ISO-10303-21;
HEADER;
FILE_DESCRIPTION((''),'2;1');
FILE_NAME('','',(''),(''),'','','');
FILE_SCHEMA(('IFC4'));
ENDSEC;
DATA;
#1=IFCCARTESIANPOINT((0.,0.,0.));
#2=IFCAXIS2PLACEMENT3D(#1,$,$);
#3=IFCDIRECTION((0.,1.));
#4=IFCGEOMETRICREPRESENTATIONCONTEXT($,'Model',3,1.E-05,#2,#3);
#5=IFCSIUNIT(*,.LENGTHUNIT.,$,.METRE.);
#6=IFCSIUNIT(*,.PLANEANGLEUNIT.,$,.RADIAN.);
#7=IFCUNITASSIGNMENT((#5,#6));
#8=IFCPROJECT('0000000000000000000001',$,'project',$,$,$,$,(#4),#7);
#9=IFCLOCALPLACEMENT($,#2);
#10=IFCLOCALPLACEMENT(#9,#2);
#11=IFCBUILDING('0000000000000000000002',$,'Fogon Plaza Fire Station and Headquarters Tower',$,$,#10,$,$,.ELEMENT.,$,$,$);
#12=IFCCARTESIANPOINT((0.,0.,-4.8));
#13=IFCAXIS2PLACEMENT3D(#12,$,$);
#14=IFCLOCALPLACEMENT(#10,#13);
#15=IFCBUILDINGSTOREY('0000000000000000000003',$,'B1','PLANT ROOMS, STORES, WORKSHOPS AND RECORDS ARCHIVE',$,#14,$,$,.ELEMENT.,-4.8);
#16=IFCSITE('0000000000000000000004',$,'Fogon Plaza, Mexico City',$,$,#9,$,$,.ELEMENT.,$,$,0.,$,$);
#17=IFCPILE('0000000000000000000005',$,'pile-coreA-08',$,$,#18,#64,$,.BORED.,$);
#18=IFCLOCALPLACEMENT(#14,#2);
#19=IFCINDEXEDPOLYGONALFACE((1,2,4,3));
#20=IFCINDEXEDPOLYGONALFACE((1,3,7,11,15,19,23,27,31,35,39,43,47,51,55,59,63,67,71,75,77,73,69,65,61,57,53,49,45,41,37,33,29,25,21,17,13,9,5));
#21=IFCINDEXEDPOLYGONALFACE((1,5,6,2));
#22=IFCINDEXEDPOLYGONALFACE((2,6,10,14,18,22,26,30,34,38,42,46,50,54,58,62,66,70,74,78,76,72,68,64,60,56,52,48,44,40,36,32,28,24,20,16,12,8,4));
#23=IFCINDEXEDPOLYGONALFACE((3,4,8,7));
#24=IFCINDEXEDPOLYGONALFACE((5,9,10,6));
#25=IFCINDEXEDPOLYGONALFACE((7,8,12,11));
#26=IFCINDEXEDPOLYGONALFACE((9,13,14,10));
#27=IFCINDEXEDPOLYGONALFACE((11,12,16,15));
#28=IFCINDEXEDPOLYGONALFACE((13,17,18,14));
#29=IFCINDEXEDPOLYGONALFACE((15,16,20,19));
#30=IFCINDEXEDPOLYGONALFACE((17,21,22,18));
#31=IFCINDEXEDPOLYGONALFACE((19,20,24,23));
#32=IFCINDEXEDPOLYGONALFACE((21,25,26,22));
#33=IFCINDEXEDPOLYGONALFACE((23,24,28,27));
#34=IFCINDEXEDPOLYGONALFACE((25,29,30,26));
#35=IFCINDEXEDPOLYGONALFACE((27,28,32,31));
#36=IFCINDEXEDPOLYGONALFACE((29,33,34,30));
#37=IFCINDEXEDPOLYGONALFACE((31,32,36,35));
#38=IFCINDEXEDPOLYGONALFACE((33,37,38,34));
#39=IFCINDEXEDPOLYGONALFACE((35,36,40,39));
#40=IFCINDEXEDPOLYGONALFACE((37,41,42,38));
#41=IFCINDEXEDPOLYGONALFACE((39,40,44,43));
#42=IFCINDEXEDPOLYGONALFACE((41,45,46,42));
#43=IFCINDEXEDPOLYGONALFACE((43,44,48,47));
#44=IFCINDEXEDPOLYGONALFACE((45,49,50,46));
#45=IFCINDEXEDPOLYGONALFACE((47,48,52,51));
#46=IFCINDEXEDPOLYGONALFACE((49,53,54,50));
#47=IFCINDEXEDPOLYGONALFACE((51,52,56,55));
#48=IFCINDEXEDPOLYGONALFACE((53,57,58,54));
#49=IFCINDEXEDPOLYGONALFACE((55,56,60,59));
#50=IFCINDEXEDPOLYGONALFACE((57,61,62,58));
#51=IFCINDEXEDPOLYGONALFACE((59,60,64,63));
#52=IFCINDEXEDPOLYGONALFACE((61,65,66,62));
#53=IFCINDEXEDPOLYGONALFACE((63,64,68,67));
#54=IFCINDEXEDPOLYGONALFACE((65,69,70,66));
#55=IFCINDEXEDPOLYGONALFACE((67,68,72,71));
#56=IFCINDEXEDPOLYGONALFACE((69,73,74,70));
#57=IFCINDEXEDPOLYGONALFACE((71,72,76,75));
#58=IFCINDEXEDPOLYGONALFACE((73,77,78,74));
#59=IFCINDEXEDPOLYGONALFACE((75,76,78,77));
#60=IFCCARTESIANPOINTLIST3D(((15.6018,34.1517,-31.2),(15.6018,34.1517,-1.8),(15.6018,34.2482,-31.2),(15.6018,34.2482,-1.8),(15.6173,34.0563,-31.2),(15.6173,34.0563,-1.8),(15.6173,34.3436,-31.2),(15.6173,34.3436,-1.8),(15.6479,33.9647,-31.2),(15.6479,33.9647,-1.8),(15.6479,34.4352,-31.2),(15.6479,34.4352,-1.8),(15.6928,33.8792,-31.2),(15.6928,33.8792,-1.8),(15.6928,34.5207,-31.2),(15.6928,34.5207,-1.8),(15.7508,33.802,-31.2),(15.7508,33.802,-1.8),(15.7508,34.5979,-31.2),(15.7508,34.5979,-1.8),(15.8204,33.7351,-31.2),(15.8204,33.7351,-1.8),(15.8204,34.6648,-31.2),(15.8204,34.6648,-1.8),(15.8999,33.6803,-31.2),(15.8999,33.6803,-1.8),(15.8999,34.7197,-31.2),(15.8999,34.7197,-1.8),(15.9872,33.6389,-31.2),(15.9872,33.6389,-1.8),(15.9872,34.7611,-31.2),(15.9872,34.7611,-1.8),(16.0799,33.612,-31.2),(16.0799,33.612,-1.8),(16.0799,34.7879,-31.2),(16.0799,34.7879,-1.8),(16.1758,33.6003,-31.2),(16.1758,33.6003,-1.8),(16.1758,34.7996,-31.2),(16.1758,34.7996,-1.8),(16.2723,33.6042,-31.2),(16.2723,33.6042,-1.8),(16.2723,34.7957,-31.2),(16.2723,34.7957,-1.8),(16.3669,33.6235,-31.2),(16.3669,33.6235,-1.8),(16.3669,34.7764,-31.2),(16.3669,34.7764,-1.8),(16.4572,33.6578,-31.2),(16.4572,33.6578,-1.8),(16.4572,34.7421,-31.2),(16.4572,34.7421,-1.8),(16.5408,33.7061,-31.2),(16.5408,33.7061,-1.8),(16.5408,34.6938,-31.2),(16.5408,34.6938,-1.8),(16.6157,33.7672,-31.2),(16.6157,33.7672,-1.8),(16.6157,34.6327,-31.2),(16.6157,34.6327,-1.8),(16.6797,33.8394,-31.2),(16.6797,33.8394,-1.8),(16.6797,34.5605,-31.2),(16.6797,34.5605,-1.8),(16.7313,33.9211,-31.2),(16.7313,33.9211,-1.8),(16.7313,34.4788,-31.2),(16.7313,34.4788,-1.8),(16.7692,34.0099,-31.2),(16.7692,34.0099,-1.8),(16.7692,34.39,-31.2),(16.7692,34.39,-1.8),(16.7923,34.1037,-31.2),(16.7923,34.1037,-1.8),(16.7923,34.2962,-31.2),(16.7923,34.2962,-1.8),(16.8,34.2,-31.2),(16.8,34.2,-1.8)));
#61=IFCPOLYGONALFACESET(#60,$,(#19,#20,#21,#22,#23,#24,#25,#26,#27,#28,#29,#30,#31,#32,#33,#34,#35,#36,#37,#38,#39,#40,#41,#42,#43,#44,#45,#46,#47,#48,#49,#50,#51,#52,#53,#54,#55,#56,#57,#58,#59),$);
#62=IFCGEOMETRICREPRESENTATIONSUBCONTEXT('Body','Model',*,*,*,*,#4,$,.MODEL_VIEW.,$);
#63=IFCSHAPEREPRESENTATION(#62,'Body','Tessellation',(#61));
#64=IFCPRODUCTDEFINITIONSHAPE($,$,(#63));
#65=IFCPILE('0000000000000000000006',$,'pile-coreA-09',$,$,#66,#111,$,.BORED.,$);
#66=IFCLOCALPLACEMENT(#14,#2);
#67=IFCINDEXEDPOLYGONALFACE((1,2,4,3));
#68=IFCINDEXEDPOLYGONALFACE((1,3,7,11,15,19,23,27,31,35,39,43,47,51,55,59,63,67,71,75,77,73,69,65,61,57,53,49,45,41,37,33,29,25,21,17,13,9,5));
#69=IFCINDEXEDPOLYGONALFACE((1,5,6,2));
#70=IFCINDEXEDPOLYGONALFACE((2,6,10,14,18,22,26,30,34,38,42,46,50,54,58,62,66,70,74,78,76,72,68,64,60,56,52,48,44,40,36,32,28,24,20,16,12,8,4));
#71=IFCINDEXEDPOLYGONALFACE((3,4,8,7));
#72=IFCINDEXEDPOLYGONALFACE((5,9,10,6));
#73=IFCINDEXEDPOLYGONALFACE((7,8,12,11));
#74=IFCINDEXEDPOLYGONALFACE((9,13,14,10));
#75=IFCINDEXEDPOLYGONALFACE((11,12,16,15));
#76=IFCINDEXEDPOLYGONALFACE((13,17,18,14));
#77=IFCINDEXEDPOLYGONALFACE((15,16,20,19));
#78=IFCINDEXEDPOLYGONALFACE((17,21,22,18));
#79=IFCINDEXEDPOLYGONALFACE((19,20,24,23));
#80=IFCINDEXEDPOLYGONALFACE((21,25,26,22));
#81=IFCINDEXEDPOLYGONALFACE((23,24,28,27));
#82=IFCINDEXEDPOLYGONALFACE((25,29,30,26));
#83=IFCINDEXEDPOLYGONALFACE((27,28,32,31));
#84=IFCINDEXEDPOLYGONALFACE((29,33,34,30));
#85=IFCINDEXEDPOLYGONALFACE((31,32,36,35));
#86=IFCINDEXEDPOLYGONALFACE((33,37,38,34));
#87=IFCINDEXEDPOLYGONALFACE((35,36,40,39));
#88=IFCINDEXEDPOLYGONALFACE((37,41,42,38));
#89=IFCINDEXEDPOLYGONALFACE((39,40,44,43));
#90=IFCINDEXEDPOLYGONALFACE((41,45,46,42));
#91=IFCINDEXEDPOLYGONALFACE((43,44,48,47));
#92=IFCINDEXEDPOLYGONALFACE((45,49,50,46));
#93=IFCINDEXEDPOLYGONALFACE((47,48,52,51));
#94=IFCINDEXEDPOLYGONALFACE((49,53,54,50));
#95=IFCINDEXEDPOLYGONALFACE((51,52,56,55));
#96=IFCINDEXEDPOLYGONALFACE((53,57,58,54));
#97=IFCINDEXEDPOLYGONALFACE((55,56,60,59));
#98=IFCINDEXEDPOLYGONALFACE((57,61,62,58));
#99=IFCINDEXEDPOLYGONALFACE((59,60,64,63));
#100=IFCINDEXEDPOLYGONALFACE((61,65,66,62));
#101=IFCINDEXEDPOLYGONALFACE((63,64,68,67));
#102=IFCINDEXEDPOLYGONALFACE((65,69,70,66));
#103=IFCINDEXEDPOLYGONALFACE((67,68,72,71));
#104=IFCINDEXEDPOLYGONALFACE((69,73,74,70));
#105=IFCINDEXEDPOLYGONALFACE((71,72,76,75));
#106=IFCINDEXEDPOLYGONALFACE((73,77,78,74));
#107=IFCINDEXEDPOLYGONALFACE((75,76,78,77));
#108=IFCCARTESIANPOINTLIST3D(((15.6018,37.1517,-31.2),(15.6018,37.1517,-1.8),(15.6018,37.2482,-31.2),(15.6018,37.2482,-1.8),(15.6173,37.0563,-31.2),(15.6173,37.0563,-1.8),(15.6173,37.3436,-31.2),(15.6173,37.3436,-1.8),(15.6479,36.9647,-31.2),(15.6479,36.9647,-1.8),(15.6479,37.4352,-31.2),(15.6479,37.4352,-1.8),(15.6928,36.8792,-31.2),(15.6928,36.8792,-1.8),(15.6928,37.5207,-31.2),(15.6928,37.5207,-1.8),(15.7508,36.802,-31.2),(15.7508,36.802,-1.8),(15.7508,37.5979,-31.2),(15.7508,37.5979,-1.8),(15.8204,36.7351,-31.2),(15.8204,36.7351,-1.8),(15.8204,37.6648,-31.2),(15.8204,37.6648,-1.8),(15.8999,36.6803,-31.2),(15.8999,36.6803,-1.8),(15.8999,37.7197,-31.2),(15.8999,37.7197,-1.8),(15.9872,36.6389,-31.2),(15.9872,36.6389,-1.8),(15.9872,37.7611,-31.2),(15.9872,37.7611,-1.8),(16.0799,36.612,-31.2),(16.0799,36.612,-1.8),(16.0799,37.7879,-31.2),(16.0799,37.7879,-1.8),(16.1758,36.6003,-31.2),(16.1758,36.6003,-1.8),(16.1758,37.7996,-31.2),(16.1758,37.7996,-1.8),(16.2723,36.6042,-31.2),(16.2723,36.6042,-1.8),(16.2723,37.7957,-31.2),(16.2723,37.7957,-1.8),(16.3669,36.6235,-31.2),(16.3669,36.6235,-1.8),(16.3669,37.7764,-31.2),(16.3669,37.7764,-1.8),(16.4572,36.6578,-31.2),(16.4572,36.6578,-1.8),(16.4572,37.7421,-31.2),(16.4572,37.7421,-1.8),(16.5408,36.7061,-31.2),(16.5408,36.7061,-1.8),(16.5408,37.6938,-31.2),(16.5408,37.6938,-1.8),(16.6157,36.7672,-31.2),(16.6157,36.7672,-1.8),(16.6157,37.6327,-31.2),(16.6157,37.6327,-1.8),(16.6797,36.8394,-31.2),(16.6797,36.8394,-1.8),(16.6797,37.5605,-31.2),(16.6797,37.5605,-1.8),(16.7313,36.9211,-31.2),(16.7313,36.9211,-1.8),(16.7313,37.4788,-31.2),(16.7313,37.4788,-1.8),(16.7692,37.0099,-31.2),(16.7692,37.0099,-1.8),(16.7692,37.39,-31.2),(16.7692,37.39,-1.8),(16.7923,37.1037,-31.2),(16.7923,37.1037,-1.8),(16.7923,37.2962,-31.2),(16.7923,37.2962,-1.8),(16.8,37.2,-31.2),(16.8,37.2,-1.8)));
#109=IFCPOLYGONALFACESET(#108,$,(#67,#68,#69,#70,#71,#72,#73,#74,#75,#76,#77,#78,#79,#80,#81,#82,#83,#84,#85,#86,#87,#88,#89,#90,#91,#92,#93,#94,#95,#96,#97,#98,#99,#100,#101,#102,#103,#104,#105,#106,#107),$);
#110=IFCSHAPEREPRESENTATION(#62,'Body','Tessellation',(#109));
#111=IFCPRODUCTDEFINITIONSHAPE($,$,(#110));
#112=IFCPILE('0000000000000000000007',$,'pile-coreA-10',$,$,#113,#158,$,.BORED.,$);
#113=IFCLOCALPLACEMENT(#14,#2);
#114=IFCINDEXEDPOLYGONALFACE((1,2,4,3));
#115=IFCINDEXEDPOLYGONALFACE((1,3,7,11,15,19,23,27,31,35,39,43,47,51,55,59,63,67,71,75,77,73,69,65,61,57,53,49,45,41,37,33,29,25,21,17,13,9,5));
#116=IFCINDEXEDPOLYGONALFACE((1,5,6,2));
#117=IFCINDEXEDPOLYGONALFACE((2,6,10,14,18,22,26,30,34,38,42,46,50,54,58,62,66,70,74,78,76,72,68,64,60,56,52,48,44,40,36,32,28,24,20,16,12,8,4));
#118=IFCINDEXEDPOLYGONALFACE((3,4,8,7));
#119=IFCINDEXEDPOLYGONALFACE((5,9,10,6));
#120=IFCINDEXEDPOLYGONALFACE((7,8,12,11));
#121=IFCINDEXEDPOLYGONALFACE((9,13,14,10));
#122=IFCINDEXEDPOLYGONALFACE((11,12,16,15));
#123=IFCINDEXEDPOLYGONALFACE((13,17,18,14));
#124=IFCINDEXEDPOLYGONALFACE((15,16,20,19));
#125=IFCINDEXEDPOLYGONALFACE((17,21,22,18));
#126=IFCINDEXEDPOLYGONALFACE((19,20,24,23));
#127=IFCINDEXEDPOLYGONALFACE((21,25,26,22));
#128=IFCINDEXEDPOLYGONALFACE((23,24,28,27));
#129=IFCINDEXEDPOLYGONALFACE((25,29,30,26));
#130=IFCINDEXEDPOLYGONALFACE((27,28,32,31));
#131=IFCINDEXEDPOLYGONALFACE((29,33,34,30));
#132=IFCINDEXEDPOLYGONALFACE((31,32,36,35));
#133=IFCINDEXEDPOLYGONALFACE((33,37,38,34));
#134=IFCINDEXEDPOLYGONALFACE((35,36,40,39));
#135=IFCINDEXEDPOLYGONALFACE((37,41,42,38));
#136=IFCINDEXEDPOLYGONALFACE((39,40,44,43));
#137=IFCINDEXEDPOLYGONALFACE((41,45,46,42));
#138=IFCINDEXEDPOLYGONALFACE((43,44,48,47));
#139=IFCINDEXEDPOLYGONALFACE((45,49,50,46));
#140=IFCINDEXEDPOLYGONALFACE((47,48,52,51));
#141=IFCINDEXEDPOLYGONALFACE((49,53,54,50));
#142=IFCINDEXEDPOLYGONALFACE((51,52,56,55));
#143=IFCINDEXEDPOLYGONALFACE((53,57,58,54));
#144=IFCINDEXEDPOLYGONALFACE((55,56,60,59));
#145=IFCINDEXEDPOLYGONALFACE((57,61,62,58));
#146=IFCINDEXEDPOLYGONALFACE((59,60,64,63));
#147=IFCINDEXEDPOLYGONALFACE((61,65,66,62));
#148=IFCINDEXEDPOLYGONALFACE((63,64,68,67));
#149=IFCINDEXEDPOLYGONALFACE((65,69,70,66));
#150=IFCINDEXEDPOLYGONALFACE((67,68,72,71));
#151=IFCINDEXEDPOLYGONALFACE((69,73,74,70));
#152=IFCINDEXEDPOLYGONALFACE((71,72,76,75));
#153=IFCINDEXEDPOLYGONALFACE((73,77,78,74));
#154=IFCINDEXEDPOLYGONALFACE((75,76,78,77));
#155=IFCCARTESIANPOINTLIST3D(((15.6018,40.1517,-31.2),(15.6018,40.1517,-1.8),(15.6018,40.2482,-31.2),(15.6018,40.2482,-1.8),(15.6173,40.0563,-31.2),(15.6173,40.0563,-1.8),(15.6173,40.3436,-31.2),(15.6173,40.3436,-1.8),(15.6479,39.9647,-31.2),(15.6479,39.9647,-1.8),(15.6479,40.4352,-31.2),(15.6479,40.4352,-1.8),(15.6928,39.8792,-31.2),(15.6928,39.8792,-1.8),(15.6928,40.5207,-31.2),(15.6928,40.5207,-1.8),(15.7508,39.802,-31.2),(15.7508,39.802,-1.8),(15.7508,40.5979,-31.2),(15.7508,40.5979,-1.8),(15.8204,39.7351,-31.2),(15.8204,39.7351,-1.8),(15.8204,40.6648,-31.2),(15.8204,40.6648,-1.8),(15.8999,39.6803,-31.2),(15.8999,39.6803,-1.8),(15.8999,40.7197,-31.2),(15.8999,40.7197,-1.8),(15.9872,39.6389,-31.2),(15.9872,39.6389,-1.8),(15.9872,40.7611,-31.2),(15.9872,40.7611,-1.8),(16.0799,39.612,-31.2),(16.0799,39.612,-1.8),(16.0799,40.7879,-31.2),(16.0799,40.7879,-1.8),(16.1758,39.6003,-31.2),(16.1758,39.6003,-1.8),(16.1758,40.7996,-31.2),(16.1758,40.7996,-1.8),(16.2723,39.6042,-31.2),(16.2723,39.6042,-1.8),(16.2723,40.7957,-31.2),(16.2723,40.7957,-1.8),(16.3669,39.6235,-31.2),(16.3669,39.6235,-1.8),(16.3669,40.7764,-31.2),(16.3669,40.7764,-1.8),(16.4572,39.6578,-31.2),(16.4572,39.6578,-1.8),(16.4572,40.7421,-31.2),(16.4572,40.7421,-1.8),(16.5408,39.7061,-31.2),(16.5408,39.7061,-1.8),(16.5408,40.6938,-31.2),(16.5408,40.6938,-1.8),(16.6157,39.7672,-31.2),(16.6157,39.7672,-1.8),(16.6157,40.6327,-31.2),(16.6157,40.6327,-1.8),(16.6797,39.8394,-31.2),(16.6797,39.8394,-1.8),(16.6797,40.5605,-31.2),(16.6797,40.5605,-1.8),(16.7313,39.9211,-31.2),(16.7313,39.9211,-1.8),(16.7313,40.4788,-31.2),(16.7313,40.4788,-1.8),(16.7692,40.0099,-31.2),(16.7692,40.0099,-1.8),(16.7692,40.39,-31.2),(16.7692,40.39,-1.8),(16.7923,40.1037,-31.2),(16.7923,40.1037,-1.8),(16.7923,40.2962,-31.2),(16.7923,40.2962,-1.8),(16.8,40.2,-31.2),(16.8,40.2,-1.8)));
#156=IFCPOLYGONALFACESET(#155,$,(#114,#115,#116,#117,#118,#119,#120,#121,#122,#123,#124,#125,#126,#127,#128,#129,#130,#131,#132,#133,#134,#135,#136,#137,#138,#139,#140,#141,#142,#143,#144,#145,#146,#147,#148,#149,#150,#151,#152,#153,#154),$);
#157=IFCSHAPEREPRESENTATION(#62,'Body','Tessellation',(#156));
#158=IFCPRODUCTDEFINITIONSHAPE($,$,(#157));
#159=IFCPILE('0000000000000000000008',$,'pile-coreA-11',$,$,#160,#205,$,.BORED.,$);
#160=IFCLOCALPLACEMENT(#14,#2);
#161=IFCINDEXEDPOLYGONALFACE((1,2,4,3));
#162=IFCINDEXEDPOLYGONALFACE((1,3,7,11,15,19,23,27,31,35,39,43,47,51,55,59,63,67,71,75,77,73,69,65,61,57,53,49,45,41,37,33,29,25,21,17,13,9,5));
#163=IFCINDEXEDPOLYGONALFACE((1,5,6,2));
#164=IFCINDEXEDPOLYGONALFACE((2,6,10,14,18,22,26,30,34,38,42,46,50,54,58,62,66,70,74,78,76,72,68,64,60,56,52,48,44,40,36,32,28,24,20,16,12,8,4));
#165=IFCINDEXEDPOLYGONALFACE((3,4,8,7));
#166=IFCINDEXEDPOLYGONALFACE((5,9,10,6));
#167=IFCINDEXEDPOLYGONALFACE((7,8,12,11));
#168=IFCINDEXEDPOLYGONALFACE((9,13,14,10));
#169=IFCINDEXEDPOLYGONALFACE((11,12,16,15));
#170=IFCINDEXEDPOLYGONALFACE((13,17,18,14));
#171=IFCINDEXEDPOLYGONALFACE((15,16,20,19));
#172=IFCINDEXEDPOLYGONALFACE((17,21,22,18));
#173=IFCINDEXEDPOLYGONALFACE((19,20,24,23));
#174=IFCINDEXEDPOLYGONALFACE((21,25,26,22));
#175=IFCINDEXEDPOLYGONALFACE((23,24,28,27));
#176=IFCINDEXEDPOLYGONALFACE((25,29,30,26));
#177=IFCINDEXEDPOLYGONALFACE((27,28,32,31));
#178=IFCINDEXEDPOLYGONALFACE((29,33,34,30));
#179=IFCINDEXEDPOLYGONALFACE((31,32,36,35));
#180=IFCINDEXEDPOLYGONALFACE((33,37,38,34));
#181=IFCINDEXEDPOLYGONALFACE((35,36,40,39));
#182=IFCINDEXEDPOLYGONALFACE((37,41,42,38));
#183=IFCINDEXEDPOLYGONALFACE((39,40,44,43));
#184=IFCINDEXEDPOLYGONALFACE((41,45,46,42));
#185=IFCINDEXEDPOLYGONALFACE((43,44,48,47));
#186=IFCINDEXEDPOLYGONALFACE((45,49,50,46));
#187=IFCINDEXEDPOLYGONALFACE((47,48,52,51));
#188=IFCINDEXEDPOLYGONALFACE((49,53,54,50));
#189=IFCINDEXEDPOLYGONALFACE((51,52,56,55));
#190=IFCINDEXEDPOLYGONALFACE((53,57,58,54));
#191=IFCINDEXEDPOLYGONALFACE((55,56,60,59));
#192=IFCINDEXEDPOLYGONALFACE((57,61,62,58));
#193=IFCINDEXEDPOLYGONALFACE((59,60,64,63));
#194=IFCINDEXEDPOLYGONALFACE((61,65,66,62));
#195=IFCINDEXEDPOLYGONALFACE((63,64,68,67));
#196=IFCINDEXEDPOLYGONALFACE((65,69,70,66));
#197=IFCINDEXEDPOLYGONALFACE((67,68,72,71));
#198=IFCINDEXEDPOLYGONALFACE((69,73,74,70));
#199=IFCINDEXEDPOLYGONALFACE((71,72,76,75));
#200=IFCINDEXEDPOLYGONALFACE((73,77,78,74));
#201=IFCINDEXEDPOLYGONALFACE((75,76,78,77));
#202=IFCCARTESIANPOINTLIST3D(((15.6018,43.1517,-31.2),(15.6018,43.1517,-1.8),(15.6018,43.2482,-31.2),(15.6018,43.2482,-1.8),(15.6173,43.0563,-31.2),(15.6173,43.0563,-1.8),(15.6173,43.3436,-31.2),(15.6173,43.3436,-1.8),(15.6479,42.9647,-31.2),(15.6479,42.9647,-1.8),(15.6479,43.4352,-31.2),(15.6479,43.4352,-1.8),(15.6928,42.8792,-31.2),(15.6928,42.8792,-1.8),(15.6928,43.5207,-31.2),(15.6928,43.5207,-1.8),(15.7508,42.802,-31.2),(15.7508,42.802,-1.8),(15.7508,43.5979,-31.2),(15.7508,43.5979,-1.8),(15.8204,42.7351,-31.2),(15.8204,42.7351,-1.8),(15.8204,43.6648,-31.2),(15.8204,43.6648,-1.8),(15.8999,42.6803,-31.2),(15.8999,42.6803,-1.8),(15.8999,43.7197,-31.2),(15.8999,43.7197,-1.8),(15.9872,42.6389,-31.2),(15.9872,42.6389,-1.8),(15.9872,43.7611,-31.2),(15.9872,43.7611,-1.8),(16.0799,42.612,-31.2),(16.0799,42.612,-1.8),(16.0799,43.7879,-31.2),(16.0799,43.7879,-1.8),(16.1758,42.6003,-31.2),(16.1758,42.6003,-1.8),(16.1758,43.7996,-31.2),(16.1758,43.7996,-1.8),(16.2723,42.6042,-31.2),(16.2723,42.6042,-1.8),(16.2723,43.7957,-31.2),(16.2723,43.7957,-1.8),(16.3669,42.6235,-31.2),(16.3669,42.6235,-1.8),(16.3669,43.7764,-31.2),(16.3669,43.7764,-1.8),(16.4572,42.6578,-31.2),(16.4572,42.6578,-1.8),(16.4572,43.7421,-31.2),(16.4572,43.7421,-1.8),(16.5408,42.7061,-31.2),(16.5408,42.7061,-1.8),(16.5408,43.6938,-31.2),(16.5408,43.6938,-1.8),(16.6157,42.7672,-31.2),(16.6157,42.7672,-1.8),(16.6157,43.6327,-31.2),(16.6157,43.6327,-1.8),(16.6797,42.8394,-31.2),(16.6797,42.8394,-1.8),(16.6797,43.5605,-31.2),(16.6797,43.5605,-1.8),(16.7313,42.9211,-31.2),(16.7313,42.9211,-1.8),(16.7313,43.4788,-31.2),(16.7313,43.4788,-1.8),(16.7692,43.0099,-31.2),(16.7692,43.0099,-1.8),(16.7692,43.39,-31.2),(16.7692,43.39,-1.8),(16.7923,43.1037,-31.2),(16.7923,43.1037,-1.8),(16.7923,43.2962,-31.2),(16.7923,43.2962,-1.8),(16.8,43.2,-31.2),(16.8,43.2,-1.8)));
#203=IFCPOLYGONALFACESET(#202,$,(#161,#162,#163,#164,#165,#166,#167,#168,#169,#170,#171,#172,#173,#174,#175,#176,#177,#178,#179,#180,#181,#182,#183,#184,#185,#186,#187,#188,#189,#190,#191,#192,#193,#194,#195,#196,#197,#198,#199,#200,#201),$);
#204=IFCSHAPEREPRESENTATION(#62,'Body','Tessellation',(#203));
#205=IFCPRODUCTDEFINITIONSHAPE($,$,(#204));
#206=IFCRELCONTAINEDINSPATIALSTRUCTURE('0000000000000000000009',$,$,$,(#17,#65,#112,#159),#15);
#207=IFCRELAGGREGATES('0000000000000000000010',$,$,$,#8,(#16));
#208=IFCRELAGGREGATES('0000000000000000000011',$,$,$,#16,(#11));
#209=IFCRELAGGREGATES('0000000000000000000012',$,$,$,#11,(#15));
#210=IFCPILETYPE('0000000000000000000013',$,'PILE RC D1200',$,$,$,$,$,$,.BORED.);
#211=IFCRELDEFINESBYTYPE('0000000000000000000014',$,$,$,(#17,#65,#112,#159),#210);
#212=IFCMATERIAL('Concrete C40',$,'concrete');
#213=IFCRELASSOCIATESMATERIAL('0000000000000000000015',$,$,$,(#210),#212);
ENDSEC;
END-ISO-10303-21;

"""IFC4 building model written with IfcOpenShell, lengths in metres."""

from ifc_helpers import new_model, si_unit, direction, frame, origin, origin_2d, place, context, subcontext, project, spatial, circle, extrude, material, material_profile, profile_set, type_object, element, save


model = new_model("IFC4")

# Units and contexts
model_context = context("Model", 3, precision=1e-05, world=origin(), true_north=direction((0.0, 1.0)))
body_context = subcontext(model_context, "Body", "Model", "MODEL_VIEW")
ifc_project = project(units=[si_unit("LENGTHUNIT", "METRE"), si_unit("PLANEANGLEUNIT", "RADIAN")], contexts=[model_context])

# Site, building, storey
site_placement = place(None, origin())
site = spatial("IfcSite", under=ifc_project, at=site_placement, Name="Fogon Plaza, Mexico City", CompositionType="ELEMENT", RefElevation=0.0)
building_placement = place(site_placement, origin())
building = spatial("IfcBuilding", under=site, at=building_placement, Name="Fogon Plaza Fire Station and Headquarters Tower", CompositionType="ELEMENT")
storey_placement = place(building_placement, frame((0.0, 0.0, -4.8)))
storey = spatial("IfcBuildingStorey", under=building, at=storey_placement, Name="B1", Description="PLANT ROOMS, STORES, WORKSHOPS AND RECORDS ARCHIVE", CompositionType="ELEMENT", Elevation=-4.8)

# Piles
ifc_material_1 = material(Name="Concrete C40", Category="concrete")
ifc_material_profile = material_profile(ifc_material_1, circle(Radius=0.6001, at=origin_2d()), Name="RC D1200")
ifc_profile_set = profile_set([ifc_material_profile], Name="Concrete C40")
pile_type = type_object("IfcPileType", Name="PILE RC D1200", PredefinedType="BORED", material=ifc_profile_set)
for number, where, z_axis, x_axis, name in (
    (1, (16.2, 34.2, -1.8), (0.0, 0.0, -1.0), (1.0, 0.0, 0.0), "pile-coreA-08"),
    (2, (16.2, 37.2, -1.8), (0.0, 0.0, -1.0), (1.0, 0.0, 0.0), "pile-coreA-09"),
    (3, (16.2, 40.2, -1.8), (0.0, 0.0, -1.0), (1.0, 0.0, 0.0), "pile-coreA-10"),
    (4, (16.2, 43.2, -1.8), (0.0, 0.0, -1.0), (1.0, 0.0, 0.0), "pile-coreA-11"),
):
    element("IfcPile", number, at=place(storey_placement, frame(where, z_axis=z_axis, x_axis=x_axis)), inside=storey, type_object=pile_type, Name=name, PredefinedType="BORED", context=body_context, shape_type="SweptSolid", body=[
        extrude(circle(Radius=0.6001, at=origin_2d()), origin(), (0.0, 0.0, 1.0), 29.3999),
    ])

save(model, "model.ifc")
